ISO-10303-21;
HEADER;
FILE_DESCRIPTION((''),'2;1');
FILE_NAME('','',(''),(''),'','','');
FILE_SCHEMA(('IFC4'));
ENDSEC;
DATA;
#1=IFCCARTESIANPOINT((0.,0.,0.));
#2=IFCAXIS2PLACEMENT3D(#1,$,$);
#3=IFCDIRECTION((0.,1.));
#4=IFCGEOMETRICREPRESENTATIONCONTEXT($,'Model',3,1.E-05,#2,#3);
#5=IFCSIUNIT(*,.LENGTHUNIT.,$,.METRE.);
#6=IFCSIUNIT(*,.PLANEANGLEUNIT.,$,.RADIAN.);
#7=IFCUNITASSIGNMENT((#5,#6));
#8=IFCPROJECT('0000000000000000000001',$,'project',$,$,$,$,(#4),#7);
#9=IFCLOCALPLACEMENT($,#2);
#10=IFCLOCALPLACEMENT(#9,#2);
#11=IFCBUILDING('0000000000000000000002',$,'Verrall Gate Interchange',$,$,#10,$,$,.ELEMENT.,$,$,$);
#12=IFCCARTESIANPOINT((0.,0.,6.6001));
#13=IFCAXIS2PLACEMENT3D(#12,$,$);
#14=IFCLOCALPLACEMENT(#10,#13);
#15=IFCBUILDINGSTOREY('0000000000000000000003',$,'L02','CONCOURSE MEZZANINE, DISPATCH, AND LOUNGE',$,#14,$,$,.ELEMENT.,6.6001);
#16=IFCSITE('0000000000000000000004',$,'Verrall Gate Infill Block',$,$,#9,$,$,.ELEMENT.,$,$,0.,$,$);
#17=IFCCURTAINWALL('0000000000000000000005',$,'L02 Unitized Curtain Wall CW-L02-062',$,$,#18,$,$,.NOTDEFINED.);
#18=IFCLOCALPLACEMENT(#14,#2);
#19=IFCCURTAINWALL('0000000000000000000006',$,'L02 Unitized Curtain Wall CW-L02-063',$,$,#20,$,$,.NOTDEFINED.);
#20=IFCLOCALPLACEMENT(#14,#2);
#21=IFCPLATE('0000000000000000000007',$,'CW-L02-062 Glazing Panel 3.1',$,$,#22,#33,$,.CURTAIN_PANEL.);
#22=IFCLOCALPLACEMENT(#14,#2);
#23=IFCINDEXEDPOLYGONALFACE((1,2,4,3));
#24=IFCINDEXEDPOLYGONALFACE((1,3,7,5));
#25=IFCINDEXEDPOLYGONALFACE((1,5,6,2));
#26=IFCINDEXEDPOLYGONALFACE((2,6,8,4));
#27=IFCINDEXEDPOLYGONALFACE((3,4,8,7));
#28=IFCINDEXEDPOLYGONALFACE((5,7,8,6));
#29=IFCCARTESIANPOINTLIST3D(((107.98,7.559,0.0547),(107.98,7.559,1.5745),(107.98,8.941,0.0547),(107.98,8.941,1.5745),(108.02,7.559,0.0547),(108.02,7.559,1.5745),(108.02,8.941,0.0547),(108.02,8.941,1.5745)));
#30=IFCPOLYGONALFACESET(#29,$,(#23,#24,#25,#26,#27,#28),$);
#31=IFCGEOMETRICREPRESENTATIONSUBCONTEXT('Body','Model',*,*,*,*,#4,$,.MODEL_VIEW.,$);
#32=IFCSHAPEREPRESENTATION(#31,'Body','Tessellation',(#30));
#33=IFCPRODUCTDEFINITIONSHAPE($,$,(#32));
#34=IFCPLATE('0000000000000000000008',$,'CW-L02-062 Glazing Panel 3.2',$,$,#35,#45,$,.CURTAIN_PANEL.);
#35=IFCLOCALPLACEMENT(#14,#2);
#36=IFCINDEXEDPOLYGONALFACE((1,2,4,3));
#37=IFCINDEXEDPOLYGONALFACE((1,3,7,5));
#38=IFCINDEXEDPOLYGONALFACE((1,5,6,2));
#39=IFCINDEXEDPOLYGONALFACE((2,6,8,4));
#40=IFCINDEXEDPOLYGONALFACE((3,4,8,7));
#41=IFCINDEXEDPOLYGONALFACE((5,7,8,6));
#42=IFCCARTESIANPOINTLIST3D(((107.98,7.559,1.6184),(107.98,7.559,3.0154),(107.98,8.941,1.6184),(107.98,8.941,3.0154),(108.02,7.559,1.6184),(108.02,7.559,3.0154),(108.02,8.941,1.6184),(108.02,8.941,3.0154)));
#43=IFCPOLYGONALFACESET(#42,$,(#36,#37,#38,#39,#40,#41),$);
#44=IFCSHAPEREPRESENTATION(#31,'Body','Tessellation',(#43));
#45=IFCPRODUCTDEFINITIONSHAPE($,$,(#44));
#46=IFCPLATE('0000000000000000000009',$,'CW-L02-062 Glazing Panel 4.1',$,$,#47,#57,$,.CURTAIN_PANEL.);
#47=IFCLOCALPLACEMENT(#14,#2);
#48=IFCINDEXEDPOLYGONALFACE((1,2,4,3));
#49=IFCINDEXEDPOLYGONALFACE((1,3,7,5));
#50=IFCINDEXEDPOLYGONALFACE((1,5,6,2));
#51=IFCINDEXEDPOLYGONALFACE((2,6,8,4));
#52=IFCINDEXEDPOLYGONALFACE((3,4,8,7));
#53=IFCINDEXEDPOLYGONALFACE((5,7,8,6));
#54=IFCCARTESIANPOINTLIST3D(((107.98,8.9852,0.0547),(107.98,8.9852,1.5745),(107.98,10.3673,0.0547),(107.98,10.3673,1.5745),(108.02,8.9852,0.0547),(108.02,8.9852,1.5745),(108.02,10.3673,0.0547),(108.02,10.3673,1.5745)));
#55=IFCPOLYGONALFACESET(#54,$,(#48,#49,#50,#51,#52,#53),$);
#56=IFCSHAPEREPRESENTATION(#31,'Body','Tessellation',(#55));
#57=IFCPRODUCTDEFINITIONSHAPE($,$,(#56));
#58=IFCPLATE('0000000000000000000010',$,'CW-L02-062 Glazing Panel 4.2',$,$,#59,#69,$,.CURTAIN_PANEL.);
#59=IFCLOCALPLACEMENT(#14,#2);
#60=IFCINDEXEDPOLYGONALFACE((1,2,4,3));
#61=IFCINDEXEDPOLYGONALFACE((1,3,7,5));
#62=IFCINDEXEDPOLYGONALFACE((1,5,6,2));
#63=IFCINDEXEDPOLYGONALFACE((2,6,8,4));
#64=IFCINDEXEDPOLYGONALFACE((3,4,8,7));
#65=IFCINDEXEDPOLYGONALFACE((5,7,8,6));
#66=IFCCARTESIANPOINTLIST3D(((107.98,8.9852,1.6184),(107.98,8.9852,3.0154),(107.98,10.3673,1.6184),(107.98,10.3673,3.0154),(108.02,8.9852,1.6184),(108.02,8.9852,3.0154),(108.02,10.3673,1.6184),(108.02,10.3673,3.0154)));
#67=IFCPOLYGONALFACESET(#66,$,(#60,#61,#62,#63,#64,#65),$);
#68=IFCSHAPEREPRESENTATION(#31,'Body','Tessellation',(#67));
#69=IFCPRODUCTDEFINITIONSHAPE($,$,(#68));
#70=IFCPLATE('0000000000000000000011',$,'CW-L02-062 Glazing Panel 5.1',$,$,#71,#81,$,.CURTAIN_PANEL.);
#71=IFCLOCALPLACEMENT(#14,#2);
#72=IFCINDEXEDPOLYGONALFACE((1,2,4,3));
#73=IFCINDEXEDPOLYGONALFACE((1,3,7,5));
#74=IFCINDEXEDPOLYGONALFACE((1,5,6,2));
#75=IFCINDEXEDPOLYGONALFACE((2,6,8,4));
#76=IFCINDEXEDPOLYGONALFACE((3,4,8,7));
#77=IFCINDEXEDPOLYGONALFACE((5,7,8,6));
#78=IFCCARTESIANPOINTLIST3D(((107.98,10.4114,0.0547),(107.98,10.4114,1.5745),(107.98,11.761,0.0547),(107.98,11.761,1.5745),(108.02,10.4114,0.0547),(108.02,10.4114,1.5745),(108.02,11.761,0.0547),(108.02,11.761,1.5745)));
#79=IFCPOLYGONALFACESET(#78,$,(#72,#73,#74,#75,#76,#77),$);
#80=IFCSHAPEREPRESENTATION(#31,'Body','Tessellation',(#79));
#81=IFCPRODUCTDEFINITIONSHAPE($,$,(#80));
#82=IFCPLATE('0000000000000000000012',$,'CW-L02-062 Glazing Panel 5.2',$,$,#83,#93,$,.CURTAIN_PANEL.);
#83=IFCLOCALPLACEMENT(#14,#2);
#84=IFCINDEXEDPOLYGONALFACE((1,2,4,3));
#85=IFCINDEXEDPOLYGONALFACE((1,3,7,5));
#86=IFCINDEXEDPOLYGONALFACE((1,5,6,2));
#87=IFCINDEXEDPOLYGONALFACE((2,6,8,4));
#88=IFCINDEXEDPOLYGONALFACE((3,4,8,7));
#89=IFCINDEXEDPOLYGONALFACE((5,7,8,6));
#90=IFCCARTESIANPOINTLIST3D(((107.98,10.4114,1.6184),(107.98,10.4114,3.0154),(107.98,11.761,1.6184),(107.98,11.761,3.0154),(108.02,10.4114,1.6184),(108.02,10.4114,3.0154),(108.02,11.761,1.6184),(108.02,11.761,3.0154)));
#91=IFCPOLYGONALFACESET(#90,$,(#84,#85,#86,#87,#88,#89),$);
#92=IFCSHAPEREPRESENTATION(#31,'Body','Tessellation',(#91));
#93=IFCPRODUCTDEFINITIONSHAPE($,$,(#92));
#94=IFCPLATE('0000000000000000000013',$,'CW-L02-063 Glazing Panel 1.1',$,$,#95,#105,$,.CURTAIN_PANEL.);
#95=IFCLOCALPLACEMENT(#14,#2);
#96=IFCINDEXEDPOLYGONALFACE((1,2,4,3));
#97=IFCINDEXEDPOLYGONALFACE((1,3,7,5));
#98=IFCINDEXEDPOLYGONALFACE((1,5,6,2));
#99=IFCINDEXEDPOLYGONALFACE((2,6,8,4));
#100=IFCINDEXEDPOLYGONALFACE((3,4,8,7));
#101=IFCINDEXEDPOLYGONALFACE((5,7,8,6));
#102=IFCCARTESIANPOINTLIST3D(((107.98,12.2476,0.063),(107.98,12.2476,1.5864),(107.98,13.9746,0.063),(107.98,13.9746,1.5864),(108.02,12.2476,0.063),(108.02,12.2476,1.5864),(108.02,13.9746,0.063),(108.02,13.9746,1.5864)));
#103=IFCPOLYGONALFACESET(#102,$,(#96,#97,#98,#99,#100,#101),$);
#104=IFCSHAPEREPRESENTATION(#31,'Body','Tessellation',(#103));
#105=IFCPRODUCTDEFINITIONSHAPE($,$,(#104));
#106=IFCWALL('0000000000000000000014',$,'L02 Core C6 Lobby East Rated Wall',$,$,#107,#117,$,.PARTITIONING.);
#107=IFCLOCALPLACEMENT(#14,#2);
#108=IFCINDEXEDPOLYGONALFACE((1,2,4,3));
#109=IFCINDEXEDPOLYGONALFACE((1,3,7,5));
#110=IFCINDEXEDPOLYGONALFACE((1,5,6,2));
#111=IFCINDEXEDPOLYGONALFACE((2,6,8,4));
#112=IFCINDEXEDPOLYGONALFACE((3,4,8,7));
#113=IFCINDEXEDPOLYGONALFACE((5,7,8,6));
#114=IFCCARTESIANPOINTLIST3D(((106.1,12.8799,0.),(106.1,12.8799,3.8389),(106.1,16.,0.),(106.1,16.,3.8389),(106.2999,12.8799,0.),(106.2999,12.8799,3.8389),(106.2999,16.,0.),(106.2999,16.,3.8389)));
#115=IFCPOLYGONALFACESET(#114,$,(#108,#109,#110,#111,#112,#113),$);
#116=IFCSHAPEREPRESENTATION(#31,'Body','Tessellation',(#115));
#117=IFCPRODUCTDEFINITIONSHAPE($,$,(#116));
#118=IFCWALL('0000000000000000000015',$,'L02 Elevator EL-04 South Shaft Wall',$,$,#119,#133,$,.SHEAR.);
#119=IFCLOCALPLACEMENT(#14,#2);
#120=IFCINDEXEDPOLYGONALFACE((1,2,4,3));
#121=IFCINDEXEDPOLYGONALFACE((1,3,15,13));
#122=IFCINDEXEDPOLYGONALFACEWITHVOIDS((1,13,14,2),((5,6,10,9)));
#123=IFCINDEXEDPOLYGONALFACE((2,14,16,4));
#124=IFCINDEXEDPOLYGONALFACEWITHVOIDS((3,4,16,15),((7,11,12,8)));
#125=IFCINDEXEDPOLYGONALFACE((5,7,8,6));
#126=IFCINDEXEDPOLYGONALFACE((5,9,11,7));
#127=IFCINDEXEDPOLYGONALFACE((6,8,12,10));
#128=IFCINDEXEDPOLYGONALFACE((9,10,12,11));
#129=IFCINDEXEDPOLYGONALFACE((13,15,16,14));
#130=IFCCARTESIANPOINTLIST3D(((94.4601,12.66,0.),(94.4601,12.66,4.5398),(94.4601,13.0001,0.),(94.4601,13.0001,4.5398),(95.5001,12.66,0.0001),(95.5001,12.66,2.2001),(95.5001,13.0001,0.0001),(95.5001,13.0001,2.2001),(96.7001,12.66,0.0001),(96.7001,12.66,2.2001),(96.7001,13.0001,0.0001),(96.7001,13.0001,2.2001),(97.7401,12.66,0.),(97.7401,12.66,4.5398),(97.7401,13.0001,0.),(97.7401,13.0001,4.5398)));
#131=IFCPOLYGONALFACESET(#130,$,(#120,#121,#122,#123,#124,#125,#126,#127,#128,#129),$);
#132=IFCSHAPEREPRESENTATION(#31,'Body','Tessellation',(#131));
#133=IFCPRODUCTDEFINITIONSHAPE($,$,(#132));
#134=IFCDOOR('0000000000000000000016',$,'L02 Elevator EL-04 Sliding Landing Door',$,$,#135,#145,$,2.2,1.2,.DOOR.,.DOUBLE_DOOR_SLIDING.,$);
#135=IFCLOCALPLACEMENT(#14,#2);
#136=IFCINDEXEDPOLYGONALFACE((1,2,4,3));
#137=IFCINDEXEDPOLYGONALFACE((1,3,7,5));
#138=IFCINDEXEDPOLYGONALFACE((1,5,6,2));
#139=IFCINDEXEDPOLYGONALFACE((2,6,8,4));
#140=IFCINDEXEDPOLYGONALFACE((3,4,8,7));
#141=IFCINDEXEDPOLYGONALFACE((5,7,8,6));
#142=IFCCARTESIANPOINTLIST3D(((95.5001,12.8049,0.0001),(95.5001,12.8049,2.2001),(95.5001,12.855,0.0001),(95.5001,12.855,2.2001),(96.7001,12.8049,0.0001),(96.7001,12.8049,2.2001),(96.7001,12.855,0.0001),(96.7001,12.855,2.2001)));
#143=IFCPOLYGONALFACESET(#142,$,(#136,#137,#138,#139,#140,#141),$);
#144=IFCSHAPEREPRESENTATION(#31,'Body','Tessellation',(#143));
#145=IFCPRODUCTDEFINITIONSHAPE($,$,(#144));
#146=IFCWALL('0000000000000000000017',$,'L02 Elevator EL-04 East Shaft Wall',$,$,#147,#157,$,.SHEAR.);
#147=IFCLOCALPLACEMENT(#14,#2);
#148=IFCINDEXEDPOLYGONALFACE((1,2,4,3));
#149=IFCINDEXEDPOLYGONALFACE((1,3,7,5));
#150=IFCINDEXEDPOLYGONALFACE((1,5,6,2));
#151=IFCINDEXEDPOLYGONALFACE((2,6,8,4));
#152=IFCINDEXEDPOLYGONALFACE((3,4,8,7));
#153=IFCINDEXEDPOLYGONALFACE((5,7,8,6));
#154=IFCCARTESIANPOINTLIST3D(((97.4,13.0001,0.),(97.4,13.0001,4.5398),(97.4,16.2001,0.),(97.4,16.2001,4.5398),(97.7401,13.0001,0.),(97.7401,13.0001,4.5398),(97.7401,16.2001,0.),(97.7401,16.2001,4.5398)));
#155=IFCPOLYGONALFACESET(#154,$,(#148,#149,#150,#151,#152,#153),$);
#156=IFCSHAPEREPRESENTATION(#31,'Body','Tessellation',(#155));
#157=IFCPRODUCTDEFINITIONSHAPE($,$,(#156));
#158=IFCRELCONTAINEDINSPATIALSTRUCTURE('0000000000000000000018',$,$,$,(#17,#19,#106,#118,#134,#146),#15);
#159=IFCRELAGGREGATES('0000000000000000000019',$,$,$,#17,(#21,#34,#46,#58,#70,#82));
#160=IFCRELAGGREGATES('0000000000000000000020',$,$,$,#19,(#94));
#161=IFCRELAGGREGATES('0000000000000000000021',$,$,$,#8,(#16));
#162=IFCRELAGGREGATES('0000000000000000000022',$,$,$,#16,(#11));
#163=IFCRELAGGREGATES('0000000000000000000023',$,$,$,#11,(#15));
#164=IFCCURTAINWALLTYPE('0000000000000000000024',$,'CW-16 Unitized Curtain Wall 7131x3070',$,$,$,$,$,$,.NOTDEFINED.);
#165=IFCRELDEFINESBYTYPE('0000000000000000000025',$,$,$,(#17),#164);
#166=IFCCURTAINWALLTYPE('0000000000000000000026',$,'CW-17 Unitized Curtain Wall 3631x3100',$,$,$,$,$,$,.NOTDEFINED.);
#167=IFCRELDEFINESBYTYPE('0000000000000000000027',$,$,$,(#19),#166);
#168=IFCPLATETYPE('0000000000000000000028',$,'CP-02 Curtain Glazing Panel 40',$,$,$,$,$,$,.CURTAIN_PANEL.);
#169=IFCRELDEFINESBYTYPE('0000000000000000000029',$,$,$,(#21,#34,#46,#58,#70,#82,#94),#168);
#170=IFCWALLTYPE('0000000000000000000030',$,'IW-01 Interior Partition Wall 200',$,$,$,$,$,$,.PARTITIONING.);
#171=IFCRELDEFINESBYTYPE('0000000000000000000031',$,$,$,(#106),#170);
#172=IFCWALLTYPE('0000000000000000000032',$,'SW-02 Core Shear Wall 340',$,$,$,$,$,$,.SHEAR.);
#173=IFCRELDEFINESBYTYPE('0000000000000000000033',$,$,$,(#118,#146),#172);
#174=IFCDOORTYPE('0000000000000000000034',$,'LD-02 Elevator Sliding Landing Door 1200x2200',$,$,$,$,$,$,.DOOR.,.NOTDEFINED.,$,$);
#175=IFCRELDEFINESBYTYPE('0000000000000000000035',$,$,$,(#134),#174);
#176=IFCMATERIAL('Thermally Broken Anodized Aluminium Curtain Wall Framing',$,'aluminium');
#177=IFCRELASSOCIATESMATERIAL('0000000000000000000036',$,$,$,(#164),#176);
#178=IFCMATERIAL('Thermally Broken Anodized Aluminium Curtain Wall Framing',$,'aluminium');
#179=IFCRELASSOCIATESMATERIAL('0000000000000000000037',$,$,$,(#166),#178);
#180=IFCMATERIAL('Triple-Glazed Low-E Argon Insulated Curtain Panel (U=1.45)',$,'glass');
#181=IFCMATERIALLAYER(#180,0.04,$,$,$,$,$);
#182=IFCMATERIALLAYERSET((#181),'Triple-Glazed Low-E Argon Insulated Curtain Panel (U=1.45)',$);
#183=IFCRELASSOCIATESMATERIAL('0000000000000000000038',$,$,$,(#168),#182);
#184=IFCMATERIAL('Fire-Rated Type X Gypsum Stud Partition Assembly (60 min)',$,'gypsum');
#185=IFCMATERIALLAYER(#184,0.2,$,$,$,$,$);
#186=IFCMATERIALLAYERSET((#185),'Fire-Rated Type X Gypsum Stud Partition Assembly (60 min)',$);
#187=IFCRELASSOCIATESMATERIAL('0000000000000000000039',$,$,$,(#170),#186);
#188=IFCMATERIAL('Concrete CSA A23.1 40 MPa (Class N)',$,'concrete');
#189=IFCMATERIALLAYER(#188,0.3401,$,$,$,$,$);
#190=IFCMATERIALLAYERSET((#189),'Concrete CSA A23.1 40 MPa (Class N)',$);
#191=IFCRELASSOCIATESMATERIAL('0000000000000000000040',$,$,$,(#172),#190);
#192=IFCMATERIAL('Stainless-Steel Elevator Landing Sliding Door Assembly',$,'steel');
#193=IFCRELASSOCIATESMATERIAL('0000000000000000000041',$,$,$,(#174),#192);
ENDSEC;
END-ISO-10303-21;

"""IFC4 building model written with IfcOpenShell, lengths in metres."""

from ifc_helpers import new_model, si_unit, direction, frame, frame_2d, origin, origin_2d, place, context, subcontext, project, spatial, rectangle, extrude, material, layer, layer_set, type_object, element, fill, aggregate, save


model = new_model("IFC4")

# Units and contexts
model_context = context("Model", 3, precision=1e-05, world=origin(), true_north=direction((0.0, 1.0)))
body_context = subcontext(model_context, "Body", "Model", "MODEL_VIEW")
ifc_project = project(units=[si_unit("LENGTHUNIT", "METRE"), si_unit("PLANEANGLEUNIT", "RADIAN")], contexts=[model_context])

# Site, building, storey
site_placement = place(None, origin())
site = spatial("IfcSite", under=ifc_project, at=site_placement, Name="Verrall Gate Infill Block", CompositionType="ELEMENT", RefElevation=0.0)
building_placement = place(site_placement, origin())
building = spatial("IfcBuilding", under=site, at=building_placement, Name="Verrall Gate Interchange", CompositionType="ELEMENT")
storey_placement = place(building_placement, frame((0.0, 0.0, 6.6001)))
storey = spatial("IfcBuildingStorey", under=building, at=storey_placement, Name="L02", Description="CONCOURSE MEZZANINE, DISPATCH, AND LOUNGE", CompositionType="ELEMENT", Elevation=6.6001)

# Curtain walls
ifc_material_1 = material(Name="Thermally Broken Anodized Aluminium Curtain Wall Framing", Category="aluminium")
curtain_wall_type_1 = type_object("IfcCurtainWallType", Name="CW-16 Unitized Curtain Wall 7131x3070", PredefinedType="NOTDEFINED", material=ifc_material_1)
curtain_wall_1_placement = place(storey_placement, origin())
curtain_wall_1 = element("IfcCurtainWall", 1, at=curtain_wall_1_placement, inside=storey, type_object=curtain_wall_type_1, Name="L02 Unitized Curtain Wall CW-L02-062", PredefinedType="NOTDEFINED")
ifc_material_2 = material(Name="Thermally Broken Anodized Aluminium Curtain Wall Framing", Category="aluminium")
curtain_wall_type_2 = type_object("IfcCurtainWallType", Name="CW-17 Unitized Curtain Wall 3631x3100", PredefinedType="NOTDEFINED", material=ifc_material_2)
curtain_wall_2_placement = place(storey_placement, origin())
curtain_wall_2 = element("IfcCurtainWall", 2, at=curtain_wall_2_placement, inside=storey, type_object=curtain_wall_type_2, Name="L02 Unitized Curtain Wall CW-L02-063", PredefinedType="NOTDEFINED")

# Plates
ifc_material_3 = material(Name="Triple-Glazed Low-E Argon Insulated Curtain Panel (U=1.45)", Category="glass")
ifc_layer_1 = layer(ifc_material_3, 0.04)
ifc_layer_set_1 = layer_set([ifc_layer_1], Name="Triple-Glazed Low-E Argon Insulated Curtain Panel (U=1.45)")
plate_type = type_object("IfcPlateType", Name="CP-02 Curtain Glazing Panel 40", PredefinedType="CURTAIN_PANEL", material=ifc_layer_set_1)
plate_1_placement = place(storey_placement, frame((108.0, 8.25, 0.0547), z_axis=(0.0, 0.0, 1.0), x_axis=(0.0, 1.0, 0.0)))
plate_1 = element("IfcPlate", 3, at=plate_1_placement, type_object=plate_type, Name="CW-L02-062 Glazing Panel 3.1", PredefinedType="CURTAIN_PANEL", context=body_context, shape_type="SweptSolid", body=[
    extrude(rectangle(XDim=1.3821, YDim=0.04, at=origin_2d()), origin(), (0.0, 0.0, 1.0), 1.5198),
])
plate_2_placement = place(storey_placement, frame((108.0, 8.25, 1.6184), z_axis=(0.0, 0.0, 1.0), x_axis=(0.0, 1.0, 0.0)))
plate_2 = element("IfcPlate", 4, at=plate_2_placement, type_object=plate_type, Name="CW-L02-062 Glazing Panel 3.2", PredefinedType="CURTAIN_PANEL", context=body_context, shape_type="SweptSolid", body=[
    extrude(rectangle(XDim=1.3821, YDim=0.04, at=origin_2d()), origin(), (0.0, 0.0, 1.0), 1.397),
])
plate_3_placement = place(storey_placement, frame((108.0, 9.6763, 0.0547), z_axis=(0.0, 0.0, 1.0), x_axis=(0.0, 1.0, 0.0)))
plate_3 = element("IfcPlate", 5, at=plate_3_placement, type_object=plate_type, Name="CW-L02-062 Glazing Panel 4.1", PredefinedType="CURTAIN_PANEL", context=body_context, shape_type="SweptSolid", body=[
    extrude(rectangle(XDim=1.3821, YDim=0.04, at=origin_2d()), origin(), (0.0, 0.0, 1.0), 1.5198),
])
plate_4_placement = place(storey_placement, frame((108.0, 9.6763, 1.6184), z_axis=(0.0, 0.0, 1.0), x_axis=(0.0, 1.0, 0.0)))
plate_4 = element("IfcPlate", 6, at=plate_4_placement, type_object=plate_type, Name="CW-L02-062 Glazing Panel 4.2", PredefinedType="CURTAIN_PANEL", context=body_context, shape_type="SweptSolid", body=[
    extrude(rectangle(XDim=1.3821, YDim=0.04, at=origin_2d()), origin(), (0.0, 0.0, 1.0), 1.397),
])
plate_5_placement = place(storey_placement, frame((108.0, 11.0862, 0.0547), z_axis=(0.0, 0.0, 1.0), x_axis=(0.0, 1.0, 0.0)))
plate_5 = element("IfcPlate", 7, at=plate_5_placement, type_object=plate_type, Name="CW-L02-062 Glazing Panel 5.1", PredefinedType="CURTAIN_PANEL", context=body_context, shape_type="SweptSolid", body=[
    extrude(rectangle(XDim=1.3496, YDim=0.04, at=origin_2d()), origin(), (0.0, 0.0, 1.0), 1.5198),
])
plate_6_placement = place(storey_placement, frame((108.0, 11.0862, 1.6184), z_axis=(0.0, 0.0, 1.0), x_axis=(0.0, 1.0, 0.0)))
plate_6 = element("IfcPlate", 8, at=plate_6_placement, type_object=plate_type, Name="CW-L02-062 Glazing Panel 5.2", PredefinedType="CURTAIN_PANEL", context=body_context, shape_type="SweptSolid", body=[
    extrude(rectangle(XDim=1.3496, YDim=0.04, at=origin_2d()), origin(), (0.0, 0.0, 1.0), 1.397),
])
aggregate(curtain_wall_1, [plate_1, plate_2, plate_3, plate_4, plate_5, plate_6])
plate_7_placement = place(storey_placement, frame((108.0, 13.1111, 0.063), z_axis=(0.0, 0.0, 1.0), x_axis=(0.0, 1.0, 0.0)))
plate_7 = element("IfcPlate", 9, at=plate_7_placement, type_object=plate_type, Name="CW-L02-063 Glazing Panel 1.1", PredefinedType="CURTAIN_PANEL", context=body_context, shape_type="SweptSolid", body=[
    extrude(rectangle(XDim=1.7271, YDim=0.04, at=origin_2d()), origin(), (0.0, 0.0, 1.0), 1.5234),
])
aggregate(curtain_wall_2, [plate_7])

# Shared definitions
ifc_material_4 = material(Name="Fire-Rated Type X Gypsum Stud Partition Assembly (60 min)", Category="gypsum")
ifc_layer_2 = layer(ifc_material_4, 0.2)
ifc_layer_set_2 = layer_set([ifc_layer_2], Name="Fire-Rated Type X Gypsum Stud Partition Assembly (60 min)")
wall_type_1 = type_object("IfcWallType", Name="IW-01 Interior Partition Wall 200", PredefinedType="PARTITIONING", material=ifc_layer_set_2)

# Wall
wall_1_placement = place(storey_placement, frame((106.2, 12.8799, 0.0), z_axis=(0.0, 0.0, 1.0), x_axis=(0.0, 1.0, 0.0)))
element("IfcWall", 10, at=wall_1_placement, inside=storey, type_object=wall_type_1, Name="L02 Core C6 Lobby East Rated Wall", PredefinedType="PARTITIONING", context=body_context, shape_type="SweptSolid", body=[
    extrude(rectangle(XDim=3.1201, YDim=0.2, at=frame_2d((1.5601, 0.0))), origin(), (0.0, 0.0, 1.0), 3.8389),
])

# Wall, opening, door
ifc_material_5 = material(Name="Concrete CSA A23.1 40 MPa (Class N)", Category="concrete")
ifc_layer_3 = layer(ifc_material_5, 0.3401)
ifc_layer_set_3 = layer_set([ifc_layer_3], Name="Concrete CSA A23.1 40 MPa (Class N)")
wall_type_2 = type_object("IfcWallType", Name="SW-02 Core Shear Wall 340", PredefinedType="SHEAR", material=ifc_layer_set_3)
wall_2_placement = place(storey_placement, frame((94.46, 12.8301, 0.0), z_axis=(0.0, 0.0, 1.0), x_axis=(1.0, 0.0, 0.0)))
wall_2 = element("IfcWall", 11, at=wall_2_placement, inside=storey, type_object=wall_type_2, Name="L02 Elevator EL-04 South Shaft Wall", PredefinedType="SHEAR", context=body_context, shape_type="SweptSolid", body=[
    extrude(rectangle(XDim=3.28, YDim=0.3401, at=frame_2d((1.6401, 0.0))), origin(), (0.0, 0.0, 1.0), 4.5398),
])
opening_1_placement = place(wall_2_placement, frame((1.04, 0.0, 0.0)))
opening_1 = element("IfcOpeningElement", 12, at=opening_1_placement, cuts=wall_2, PredefinedType="OPENING", context=body_context, shape_type="SweptSolid", body=[
    extrude(rectangle(XDim=1.2, YDim=2.2, at=frame_2d((0.6001, 1.1001))), frame((0.0, 0.1851, 0.0), z_axis=(0.0, -1.0, 0.0), x_axis=(1.0, 0.0, 0.0)), (0.0, 0.0, 1.0), 0.3699),
])
ifc_material_6 = material(Name="Stainless-Steel Elevator Landing Sliding Door Assembly", Category="steel")
door_type_1 = type_object("IfcDoorType", Name="LD-02 Elevator Sliding Landing Door 1200x2200", OperationType="NOTDEFINED", PredefinedType="DOOR", material=ifc_material_6)
door_1_placement = place(opening_1_placement, origin())
door_1 = element("IfcDoor", 13, at=door_1_placement, inside=storey, type_object=door_type_1, Name="L02 Elevator EL-04 Sliding Landing Door", OperationType="DOUBLE_DOOR_SLIDING", OverallHeight=2.2, OverallWidth=1.2, PredefinedType="DOOR", context=body_context, shape_type="SweptSolid", body=[
    extrude(rectangle(XDim=1.2, YDim=2.2, at=frame_2d((0.6001, 1.1001))), frame((0.0, 0.0249, 0.0), z_axis=(0.0, -1.0, 0.0), x_axis=(1.0, 0.0, 0.0)), (0.0, 0.0, 1.0), 0.05),
])
fill(opening_1, door_1)

# Wall
wall_3_placement = place(storey_placement, frame((97.5701, 13.0, 0.0), z_axis=(0.0, 0.0, 1.0), x_axis=(0.0, 1.0, 0.0)))
element("IfcWall", 14, at=wall_3_placement, inside=storey, type_object=wall_type_2, Name="L02 Elevator EL-04 East Shaft Wall", PredefinedType="SHEAR", context=body_context, shape_type="SweptSolid", body=[
    extrude(rectangle(XDim=3.2, YDim=0.3401, at=frame_2d((1.6001, 0.0))), origin(), (0.0, 0.0, 1.0), 4.5398),
])

save(model, "model.ifc")
